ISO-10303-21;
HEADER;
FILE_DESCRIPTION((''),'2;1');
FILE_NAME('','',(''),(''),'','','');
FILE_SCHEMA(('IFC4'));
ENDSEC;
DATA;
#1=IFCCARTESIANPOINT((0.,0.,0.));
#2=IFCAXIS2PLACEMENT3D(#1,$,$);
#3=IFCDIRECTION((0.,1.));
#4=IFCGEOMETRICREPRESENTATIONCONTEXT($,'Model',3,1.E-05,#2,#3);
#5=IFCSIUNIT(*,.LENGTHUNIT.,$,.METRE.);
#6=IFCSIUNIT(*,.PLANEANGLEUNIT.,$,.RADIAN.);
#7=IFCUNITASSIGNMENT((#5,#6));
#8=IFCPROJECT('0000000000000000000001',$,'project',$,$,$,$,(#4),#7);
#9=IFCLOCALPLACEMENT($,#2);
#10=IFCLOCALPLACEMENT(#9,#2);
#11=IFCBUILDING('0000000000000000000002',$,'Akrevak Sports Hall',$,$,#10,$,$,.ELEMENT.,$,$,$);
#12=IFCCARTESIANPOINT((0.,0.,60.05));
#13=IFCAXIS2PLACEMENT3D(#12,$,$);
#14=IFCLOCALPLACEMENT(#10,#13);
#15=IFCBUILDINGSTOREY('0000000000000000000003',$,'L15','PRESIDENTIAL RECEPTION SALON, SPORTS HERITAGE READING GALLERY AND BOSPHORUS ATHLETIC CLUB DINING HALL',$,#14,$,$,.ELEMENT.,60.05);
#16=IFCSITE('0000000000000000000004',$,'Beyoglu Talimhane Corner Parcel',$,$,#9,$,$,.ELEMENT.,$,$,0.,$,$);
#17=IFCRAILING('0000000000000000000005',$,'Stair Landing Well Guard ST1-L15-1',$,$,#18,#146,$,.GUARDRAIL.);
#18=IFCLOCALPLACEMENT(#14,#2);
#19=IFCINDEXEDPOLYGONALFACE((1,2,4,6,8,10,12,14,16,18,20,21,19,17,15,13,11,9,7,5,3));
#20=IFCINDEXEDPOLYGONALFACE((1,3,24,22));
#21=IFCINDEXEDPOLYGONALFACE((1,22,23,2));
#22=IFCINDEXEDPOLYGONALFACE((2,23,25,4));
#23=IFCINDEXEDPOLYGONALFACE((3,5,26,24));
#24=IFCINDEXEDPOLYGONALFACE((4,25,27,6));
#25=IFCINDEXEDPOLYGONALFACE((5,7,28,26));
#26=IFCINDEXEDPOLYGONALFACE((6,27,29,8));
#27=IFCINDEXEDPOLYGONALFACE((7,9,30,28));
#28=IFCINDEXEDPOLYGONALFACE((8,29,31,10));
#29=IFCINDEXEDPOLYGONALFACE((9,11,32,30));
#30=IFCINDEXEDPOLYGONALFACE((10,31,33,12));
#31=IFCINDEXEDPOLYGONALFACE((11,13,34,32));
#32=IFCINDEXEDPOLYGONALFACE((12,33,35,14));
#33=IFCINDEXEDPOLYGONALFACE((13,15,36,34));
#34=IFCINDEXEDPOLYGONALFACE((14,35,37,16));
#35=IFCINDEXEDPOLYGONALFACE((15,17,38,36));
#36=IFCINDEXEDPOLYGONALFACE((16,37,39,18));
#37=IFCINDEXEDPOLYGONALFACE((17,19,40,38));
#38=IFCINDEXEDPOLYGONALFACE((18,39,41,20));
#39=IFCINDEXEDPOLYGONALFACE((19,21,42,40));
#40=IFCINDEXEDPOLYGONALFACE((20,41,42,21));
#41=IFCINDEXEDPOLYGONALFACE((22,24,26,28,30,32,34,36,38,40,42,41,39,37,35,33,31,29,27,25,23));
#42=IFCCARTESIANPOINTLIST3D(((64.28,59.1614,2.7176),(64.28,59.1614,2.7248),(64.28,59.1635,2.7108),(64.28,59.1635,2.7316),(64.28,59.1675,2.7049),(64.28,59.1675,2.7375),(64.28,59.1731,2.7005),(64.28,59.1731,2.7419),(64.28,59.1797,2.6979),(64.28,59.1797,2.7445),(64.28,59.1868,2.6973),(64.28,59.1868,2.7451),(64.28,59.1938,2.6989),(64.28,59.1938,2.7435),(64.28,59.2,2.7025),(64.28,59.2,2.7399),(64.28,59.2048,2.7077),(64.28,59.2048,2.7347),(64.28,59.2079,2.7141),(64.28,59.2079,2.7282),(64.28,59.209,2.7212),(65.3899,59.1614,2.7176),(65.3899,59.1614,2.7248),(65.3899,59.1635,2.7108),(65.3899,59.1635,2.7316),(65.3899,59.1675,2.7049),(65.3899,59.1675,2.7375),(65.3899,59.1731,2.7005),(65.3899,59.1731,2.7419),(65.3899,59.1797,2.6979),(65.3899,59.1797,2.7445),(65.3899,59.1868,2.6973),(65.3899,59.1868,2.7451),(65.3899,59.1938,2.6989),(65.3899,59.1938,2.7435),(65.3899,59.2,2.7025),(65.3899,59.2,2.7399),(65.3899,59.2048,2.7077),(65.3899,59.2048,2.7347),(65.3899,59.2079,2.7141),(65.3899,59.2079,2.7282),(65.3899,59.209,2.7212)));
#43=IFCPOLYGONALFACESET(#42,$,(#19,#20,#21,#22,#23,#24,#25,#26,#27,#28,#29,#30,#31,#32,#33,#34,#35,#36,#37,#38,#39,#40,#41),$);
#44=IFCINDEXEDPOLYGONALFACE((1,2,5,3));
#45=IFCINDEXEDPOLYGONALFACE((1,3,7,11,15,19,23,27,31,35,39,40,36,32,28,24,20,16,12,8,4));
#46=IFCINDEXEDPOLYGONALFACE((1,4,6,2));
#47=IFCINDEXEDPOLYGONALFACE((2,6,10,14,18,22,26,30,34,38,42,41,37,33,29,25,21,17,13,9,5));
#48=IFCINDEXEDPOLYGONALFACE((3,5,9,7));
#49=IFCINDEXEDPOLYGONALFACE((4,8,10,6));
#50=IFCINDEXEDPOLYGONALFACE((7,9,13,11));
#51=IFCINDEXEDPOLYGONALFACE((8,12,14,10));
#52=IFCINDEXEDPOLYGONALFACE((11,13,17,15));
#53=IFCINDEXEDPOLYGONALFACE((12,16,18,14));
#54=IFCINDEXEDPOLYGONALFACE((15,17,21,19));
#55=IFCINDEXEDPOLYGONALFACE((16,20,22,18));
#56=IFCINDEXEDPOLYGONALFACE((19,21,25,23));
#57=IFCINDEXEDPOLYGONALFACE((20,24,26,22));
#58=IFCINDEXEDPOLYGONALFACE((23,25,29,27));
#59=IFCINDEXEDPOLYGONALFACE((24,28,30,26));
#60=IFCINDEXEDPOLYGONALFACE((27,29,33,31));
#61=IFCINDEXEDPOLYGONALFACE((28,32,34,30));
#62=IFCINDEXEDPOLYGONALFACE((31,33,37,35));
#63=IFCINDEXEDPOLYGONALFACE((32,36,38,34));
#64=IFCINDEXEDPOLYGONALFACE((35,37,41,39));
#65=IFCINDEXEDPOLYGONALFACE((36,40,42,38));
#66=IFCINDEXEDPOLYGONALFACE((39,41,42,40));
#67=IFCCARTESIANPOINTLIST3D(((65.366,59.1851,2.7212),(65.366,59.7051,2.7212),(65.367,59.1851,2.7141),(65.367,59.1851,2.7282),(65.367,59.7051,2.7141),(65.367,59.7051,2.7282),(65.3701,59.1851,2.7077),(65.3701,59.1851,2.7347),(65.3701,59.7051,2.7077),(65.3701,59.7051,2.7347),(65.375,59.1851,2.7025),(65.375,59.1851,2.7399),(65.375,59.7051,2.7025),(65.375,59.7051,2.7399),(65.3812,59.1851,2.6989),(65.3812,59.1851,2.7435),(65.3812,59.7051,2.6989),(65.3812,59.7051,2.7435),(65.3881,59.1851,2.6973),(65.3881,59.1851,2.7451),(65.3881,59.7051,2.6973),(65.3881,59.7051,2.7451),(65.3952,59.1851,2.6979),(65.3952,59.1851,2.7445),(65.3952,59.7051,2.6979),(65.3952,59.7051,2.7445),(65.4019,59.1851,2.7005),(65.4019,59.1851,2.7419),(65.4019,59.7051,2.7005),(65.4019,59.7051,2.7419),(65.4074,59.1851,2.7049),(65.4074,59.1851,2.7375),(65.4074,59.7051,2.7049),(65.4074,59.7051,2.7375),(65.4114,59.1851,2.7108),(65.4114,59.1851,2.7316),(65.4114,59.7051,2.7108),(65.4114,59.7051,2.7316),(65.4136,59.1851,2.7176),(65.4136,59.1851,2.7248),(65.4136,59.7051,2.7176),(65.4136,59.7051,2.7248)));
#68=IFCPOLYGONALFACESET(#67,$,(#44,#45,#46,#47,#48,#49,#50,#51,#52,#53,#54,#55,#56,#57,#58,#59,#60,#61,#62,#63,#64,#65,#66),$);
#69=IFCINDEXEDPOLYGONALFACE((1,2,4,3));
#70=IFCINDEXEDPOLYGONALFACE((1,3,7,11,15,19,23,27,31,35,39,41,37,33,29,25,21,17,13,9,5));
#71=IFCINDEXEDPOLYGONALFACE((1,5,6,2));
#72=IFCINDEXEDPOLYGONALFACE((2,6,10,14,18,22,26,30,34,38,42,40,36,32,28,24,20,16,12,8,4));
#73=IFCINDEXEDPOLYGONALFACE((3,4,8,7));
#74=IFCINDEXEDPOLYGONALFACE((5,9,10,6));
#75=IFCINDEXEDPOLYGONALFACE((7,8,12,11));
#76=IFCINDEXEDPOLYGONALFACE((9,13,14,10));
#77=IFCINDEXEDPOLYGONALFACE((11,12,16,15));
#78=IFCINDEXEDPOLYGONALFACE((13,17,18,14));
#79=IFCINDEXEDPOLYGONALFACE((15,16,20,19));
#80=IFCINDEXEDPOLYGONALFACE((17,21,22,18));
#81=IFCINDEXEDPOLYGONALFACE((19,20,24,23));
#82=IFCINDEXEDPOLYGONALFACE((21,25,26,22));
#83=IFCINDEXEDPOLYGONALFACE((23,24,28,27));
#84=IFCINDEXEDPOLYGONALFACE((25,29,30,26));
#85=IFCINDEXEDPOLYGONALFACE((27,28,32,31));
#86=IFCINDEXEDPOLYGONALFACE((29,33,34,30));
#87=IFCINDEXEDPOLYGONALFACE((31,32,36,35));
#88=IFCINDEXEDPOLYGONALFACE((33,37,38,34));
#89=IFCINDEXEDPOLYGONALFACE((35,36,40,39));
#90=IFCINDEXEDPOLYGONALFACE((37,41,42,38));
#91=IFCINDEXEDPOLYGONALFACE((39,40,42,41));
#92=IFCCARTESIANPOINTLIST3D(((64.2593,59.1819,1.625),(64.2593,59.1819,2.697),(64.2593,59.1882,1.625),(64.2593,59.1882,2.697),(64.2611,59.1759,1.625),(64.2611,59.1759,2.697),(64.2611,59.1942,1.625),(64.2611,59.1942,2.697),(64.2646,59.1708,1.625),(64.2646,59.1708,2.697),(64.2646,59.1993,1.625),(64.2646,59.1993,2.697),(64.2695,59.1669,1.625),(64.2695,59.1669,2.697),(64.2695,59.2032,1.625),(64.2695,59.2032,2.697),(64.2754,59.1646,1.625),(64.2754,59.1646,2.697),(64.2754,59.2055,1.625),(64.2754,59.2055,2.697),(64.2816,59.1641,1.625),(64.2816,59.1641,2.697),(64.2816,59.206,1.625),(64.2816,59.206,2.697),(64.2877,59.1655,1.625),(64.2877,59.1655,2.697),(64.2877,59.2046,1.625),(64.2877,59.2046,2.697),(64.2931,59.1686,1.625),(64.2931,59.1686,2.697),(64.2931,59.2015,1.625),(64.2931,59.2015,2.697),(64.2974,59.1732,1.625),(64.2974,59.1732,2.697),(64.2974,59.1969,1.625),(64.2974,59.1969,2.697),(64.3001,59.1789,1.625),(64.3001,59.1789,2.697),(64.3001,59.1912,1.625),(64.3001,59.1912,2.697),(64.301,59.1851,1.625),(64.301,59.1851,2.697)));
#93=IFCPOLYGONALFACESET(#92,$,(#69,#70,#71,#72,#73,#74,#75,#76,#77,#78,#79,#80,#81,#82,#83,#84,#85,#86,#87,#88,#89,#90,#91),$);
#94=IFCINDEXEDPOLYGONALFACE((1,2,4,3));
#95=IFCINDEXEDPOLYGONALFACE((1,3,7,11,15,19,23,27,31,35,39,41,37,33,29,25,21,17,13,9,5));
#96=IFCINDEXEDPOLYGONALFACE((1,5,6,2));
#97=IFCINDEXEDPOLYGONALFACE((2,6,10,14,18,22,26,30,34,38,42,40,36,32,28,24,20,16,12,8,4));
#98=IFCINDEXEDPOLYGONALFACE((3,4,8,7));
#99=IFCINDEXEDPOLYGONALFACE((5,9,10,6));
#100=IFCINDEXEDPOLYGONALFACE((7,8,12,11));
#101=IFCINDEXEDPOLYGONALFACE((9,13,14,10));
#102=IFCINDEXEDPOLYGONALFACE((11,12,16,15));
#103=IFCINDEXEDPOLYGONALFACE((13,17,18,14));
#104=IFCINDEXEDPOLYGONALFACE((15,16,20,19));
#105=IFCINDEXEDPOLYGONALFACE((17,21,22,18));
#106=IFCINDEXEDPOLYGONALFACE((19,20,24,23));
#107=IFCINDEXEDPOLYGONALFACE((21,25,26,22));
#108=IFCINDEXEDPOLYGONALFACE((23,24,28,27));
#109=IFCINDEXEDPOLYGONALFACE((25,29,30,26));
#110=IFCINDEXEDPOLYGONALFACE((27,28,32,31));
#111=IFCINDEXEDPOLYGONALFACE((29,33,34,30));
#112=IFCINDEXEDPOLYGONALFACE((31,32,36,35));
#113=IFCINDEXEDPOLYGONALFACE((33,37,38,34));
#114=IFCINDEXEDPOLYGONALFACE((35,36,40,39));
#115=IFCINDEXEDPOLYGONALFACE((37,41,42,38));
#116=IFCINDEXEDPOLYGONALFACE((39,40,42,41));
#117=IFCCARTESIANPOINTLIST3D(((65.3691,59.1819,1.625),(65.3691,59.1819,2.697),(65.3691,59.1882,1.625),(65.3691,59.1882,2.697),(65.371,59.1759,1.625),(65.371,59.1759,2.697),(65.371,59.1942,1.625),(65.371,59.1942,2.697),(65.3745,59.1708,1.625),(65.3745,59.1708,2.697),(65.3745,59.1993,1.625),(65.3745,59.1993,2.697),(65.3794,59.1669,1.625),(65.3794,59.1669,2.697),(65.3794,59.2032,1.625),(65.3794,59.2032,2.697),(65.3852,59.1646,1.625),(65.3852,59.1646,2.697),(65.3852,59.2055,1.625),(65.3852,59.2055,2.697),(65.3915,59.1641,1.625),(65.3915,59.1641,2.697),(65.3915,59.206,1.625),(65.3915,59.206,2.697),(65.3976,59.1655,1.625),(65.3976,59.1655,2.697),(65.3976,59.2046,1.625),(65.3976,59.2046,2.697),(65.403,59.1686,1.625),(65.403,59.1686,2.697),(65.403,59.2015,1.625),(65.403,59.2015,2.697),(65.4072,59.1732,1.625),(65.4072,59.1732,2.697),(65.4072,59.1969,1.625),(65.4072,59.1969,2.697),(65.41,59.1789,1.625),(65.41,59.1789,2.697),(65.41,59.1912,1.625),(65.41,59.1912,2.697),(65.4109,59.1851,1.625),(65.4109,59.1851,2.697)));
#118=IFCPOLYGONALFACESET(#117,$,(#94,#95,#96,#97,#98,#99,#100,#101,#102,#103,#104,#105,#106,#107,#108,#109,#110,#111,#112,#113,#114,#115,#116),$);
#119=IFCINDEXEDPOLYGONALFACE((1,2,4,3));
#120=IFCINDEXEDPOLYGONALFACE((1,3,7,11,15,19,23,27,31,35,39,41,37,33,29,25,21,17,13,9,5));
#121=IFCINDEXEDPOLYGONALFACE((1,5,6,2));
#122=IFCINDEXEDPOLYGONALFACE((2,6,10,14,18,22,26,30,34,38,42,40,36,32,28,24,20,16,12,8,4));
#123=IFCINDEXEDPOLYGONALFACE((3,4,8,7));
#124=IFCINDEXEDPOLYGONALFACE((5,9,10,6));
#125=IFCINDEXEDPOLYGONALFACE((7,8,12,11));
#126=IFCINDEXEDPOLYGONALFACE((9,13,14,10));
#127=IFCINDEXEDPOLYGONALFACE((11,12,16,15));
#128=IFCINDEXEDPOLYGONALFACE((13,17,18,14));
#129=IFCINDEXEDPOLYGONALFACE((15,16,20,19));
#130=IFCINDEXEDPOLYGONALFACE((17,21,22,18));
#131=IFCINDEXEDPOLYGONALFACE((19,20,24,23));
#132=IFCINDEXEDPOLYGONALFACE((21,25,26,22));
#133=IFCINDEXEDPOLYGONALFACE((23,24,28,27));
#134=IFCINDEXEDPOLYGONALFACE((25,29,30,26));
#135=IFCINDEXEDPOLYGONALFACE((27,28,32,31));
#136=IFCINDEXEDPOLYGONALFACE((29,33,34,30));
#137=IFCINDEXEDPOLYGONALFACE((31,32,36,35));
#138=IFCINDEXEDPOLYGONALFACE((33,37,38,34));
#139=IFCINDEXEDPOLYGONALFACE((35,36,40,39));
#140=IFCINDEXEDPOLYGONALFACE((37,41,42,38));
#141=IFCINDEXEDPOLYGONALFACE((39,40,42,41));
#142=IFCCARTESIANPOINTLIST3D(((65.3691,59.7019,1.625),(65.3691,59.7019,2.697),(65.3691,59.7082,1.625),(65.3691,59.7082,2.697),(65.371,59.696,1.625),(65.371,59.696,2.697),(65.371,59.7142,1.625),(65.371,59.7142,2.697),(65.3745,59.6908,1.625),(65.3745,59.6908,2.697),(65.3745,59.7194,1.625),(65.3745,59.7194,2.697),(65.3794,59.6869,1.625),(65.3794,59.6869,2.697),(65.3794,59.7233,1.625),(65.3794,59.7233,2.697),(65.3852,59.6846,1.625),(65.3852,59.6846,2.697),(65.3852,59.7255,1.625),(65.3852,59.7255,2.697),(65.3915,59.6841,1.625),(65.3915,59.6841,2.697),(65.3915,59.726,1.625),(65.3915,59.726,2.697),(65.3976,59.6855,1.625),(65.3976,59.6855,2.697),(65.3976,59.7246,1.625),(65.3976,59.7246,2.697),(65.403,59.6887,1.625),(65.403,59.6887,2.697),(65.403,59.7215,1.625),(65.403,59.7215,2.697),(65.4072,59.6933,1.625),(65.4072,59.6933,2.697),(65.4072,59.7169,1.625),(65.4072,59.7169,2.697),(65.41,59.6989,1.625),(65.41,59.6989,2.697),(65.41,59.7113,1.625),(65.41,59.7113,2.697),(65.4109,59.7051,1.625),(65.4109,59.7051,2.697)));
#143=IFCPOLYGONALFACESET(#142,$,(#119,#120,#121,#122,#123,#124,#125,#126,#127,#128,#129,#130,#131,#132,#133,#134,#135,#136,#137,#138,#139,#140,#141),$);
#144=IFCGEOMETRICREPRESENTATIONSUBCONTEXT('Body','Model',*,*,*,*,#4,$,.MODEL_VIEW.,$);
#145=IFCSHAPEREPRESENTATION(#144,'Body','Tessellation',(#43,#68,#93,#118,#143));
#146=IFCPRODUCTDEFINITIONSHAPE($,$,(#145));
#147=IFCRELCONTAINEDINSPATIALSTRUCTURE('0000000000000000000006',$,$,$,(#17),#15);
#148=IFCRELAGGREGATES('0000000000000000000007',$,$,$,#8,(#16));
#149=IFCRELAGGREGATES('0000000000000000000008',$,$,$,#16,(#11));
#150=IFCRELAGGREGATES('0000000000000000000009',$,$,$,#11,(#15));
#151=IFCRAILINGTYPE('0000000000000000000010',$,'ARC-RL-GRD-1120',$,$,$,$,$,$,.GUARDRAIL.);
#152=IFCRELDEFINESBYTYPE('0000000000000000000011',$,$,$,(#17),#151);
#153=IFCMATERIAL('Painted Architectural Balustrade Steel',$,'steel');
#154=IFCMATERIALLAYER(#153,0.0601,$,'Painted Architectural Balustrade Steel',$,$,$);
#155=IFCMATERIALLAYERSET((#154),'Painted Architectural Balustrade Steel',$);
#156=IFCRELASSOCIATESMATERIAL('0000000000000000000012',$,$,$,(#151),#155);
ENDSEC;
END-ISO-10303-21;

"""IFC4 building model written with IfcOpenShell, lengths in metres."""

from ifc_helpers import new_model, si_unit, direction, frame, origin, origin_2d, place, context, subcontext, project, spatial, circle, extrude, material, layer, layer_set, type_object, element, save


model = new_model("IFC4")

# Units and contexts
model_context = context("Model", 3, precision=1e-05, world=origin(), true_north=direction((0.0, 1.0)))
body_context = subcontext(model_context, "Body", "Model", "MODEL_VIEW")
ifc_project = project(units=[si_unit("LENGTHUNIT", "METRE"), si_unit("PLANEANGLEUNIT", "RADIAN")], contexts=[model_context])

# Site, building, storey
site_placement = place(None, origin())
site = spatial("IfcSite", under=ifc_project, at=site_placement, Name="Beyoglu Talimhane Corner Parcel", CompositionType="ELEMENT", RefElevation=0.0)
building_placement = place(site_placement, origin())
building = spatial("IfcBuilding", under=site, at=building_placement, Name="Akrevak Sports Hall", CompositionType="ELEMENT")
storey_placement = place(building_placement, frame((0.0, 0.0, 60.05)))
storey = spatial("IfcBuildingStorey", under=building, at=storey_placement, Name="L15", Description="PRESIDENTIAL RECEPTION SALON, SPORTS HERITAGE READING GALLERY AND BOSPHORUS ATHLETIC CLUB DINING HALL", CompositionType="ELEMENT", Elevation=60.05)

# Railing
ifc_material_1 = material(Name="Painted Architectural Balustrade Steel", Category="steel")
ifc_layer_1 = layer(ifc_material_1, 0.0601, Name="Painted Architectural Balustrade Steel")
ifc_layer_set_1 = layer_set([ifc_layer_1], Name="Painted Architectural Balustrade Steel")
railing_type = type_object("IfcRailingType", Name="ARC-RL-GRD-1120", PredefinedType="GUARDRAIL", material=ifc_layer_set_1)
railing_placement = place(storey_placement, frame((64.28, 59.1851, 1.625)))
element("IfcRailing", 1, at=railing_placement, inside=storey, type_object=railing_type, Name="Stair Landing Well Guard ST1-L15-1", PredefinedType="GUARDRAIL", context=body_context, shape_type="SweptSolid", body=[
    extrude(circle(Radius=0.0239, at=origin_2d()), frame((0.0, 0.0, 1.0962), z_axis=(1.0, 0.0, 0.0), x_axis=(0.0, 1.0, 0.0)), (0.0, 0.0, 1.0), 1.1099),
    extrude(circle(Radius=0.0239, at=origin_2d()), frame((1.1099, 0.0, 1.0962), z_axis=(0.0, 1.0, 0.0), x_axis=(-1.0, 0.0, 0.0)), (0.0, 0.0, 1.0), 0.52),
    extrude(circle(Radius=0.021, at=origin_2d()), origin(), (0.0, 0.0, 1.0), 1.072),
    extrude(circle(Radius=0.021, at=origin_2d()), frame((1.1099, 0.0, 0.0)), (0.0, 0.0, 1.0), 1.072),
    extrude(circle(Radius=0.021, at=origin_2d()), frame((1.1099, 0.52, 0.0)), (0.0, 0.0, 1.0), 1.072),
])

save(model, "model.ifc")
